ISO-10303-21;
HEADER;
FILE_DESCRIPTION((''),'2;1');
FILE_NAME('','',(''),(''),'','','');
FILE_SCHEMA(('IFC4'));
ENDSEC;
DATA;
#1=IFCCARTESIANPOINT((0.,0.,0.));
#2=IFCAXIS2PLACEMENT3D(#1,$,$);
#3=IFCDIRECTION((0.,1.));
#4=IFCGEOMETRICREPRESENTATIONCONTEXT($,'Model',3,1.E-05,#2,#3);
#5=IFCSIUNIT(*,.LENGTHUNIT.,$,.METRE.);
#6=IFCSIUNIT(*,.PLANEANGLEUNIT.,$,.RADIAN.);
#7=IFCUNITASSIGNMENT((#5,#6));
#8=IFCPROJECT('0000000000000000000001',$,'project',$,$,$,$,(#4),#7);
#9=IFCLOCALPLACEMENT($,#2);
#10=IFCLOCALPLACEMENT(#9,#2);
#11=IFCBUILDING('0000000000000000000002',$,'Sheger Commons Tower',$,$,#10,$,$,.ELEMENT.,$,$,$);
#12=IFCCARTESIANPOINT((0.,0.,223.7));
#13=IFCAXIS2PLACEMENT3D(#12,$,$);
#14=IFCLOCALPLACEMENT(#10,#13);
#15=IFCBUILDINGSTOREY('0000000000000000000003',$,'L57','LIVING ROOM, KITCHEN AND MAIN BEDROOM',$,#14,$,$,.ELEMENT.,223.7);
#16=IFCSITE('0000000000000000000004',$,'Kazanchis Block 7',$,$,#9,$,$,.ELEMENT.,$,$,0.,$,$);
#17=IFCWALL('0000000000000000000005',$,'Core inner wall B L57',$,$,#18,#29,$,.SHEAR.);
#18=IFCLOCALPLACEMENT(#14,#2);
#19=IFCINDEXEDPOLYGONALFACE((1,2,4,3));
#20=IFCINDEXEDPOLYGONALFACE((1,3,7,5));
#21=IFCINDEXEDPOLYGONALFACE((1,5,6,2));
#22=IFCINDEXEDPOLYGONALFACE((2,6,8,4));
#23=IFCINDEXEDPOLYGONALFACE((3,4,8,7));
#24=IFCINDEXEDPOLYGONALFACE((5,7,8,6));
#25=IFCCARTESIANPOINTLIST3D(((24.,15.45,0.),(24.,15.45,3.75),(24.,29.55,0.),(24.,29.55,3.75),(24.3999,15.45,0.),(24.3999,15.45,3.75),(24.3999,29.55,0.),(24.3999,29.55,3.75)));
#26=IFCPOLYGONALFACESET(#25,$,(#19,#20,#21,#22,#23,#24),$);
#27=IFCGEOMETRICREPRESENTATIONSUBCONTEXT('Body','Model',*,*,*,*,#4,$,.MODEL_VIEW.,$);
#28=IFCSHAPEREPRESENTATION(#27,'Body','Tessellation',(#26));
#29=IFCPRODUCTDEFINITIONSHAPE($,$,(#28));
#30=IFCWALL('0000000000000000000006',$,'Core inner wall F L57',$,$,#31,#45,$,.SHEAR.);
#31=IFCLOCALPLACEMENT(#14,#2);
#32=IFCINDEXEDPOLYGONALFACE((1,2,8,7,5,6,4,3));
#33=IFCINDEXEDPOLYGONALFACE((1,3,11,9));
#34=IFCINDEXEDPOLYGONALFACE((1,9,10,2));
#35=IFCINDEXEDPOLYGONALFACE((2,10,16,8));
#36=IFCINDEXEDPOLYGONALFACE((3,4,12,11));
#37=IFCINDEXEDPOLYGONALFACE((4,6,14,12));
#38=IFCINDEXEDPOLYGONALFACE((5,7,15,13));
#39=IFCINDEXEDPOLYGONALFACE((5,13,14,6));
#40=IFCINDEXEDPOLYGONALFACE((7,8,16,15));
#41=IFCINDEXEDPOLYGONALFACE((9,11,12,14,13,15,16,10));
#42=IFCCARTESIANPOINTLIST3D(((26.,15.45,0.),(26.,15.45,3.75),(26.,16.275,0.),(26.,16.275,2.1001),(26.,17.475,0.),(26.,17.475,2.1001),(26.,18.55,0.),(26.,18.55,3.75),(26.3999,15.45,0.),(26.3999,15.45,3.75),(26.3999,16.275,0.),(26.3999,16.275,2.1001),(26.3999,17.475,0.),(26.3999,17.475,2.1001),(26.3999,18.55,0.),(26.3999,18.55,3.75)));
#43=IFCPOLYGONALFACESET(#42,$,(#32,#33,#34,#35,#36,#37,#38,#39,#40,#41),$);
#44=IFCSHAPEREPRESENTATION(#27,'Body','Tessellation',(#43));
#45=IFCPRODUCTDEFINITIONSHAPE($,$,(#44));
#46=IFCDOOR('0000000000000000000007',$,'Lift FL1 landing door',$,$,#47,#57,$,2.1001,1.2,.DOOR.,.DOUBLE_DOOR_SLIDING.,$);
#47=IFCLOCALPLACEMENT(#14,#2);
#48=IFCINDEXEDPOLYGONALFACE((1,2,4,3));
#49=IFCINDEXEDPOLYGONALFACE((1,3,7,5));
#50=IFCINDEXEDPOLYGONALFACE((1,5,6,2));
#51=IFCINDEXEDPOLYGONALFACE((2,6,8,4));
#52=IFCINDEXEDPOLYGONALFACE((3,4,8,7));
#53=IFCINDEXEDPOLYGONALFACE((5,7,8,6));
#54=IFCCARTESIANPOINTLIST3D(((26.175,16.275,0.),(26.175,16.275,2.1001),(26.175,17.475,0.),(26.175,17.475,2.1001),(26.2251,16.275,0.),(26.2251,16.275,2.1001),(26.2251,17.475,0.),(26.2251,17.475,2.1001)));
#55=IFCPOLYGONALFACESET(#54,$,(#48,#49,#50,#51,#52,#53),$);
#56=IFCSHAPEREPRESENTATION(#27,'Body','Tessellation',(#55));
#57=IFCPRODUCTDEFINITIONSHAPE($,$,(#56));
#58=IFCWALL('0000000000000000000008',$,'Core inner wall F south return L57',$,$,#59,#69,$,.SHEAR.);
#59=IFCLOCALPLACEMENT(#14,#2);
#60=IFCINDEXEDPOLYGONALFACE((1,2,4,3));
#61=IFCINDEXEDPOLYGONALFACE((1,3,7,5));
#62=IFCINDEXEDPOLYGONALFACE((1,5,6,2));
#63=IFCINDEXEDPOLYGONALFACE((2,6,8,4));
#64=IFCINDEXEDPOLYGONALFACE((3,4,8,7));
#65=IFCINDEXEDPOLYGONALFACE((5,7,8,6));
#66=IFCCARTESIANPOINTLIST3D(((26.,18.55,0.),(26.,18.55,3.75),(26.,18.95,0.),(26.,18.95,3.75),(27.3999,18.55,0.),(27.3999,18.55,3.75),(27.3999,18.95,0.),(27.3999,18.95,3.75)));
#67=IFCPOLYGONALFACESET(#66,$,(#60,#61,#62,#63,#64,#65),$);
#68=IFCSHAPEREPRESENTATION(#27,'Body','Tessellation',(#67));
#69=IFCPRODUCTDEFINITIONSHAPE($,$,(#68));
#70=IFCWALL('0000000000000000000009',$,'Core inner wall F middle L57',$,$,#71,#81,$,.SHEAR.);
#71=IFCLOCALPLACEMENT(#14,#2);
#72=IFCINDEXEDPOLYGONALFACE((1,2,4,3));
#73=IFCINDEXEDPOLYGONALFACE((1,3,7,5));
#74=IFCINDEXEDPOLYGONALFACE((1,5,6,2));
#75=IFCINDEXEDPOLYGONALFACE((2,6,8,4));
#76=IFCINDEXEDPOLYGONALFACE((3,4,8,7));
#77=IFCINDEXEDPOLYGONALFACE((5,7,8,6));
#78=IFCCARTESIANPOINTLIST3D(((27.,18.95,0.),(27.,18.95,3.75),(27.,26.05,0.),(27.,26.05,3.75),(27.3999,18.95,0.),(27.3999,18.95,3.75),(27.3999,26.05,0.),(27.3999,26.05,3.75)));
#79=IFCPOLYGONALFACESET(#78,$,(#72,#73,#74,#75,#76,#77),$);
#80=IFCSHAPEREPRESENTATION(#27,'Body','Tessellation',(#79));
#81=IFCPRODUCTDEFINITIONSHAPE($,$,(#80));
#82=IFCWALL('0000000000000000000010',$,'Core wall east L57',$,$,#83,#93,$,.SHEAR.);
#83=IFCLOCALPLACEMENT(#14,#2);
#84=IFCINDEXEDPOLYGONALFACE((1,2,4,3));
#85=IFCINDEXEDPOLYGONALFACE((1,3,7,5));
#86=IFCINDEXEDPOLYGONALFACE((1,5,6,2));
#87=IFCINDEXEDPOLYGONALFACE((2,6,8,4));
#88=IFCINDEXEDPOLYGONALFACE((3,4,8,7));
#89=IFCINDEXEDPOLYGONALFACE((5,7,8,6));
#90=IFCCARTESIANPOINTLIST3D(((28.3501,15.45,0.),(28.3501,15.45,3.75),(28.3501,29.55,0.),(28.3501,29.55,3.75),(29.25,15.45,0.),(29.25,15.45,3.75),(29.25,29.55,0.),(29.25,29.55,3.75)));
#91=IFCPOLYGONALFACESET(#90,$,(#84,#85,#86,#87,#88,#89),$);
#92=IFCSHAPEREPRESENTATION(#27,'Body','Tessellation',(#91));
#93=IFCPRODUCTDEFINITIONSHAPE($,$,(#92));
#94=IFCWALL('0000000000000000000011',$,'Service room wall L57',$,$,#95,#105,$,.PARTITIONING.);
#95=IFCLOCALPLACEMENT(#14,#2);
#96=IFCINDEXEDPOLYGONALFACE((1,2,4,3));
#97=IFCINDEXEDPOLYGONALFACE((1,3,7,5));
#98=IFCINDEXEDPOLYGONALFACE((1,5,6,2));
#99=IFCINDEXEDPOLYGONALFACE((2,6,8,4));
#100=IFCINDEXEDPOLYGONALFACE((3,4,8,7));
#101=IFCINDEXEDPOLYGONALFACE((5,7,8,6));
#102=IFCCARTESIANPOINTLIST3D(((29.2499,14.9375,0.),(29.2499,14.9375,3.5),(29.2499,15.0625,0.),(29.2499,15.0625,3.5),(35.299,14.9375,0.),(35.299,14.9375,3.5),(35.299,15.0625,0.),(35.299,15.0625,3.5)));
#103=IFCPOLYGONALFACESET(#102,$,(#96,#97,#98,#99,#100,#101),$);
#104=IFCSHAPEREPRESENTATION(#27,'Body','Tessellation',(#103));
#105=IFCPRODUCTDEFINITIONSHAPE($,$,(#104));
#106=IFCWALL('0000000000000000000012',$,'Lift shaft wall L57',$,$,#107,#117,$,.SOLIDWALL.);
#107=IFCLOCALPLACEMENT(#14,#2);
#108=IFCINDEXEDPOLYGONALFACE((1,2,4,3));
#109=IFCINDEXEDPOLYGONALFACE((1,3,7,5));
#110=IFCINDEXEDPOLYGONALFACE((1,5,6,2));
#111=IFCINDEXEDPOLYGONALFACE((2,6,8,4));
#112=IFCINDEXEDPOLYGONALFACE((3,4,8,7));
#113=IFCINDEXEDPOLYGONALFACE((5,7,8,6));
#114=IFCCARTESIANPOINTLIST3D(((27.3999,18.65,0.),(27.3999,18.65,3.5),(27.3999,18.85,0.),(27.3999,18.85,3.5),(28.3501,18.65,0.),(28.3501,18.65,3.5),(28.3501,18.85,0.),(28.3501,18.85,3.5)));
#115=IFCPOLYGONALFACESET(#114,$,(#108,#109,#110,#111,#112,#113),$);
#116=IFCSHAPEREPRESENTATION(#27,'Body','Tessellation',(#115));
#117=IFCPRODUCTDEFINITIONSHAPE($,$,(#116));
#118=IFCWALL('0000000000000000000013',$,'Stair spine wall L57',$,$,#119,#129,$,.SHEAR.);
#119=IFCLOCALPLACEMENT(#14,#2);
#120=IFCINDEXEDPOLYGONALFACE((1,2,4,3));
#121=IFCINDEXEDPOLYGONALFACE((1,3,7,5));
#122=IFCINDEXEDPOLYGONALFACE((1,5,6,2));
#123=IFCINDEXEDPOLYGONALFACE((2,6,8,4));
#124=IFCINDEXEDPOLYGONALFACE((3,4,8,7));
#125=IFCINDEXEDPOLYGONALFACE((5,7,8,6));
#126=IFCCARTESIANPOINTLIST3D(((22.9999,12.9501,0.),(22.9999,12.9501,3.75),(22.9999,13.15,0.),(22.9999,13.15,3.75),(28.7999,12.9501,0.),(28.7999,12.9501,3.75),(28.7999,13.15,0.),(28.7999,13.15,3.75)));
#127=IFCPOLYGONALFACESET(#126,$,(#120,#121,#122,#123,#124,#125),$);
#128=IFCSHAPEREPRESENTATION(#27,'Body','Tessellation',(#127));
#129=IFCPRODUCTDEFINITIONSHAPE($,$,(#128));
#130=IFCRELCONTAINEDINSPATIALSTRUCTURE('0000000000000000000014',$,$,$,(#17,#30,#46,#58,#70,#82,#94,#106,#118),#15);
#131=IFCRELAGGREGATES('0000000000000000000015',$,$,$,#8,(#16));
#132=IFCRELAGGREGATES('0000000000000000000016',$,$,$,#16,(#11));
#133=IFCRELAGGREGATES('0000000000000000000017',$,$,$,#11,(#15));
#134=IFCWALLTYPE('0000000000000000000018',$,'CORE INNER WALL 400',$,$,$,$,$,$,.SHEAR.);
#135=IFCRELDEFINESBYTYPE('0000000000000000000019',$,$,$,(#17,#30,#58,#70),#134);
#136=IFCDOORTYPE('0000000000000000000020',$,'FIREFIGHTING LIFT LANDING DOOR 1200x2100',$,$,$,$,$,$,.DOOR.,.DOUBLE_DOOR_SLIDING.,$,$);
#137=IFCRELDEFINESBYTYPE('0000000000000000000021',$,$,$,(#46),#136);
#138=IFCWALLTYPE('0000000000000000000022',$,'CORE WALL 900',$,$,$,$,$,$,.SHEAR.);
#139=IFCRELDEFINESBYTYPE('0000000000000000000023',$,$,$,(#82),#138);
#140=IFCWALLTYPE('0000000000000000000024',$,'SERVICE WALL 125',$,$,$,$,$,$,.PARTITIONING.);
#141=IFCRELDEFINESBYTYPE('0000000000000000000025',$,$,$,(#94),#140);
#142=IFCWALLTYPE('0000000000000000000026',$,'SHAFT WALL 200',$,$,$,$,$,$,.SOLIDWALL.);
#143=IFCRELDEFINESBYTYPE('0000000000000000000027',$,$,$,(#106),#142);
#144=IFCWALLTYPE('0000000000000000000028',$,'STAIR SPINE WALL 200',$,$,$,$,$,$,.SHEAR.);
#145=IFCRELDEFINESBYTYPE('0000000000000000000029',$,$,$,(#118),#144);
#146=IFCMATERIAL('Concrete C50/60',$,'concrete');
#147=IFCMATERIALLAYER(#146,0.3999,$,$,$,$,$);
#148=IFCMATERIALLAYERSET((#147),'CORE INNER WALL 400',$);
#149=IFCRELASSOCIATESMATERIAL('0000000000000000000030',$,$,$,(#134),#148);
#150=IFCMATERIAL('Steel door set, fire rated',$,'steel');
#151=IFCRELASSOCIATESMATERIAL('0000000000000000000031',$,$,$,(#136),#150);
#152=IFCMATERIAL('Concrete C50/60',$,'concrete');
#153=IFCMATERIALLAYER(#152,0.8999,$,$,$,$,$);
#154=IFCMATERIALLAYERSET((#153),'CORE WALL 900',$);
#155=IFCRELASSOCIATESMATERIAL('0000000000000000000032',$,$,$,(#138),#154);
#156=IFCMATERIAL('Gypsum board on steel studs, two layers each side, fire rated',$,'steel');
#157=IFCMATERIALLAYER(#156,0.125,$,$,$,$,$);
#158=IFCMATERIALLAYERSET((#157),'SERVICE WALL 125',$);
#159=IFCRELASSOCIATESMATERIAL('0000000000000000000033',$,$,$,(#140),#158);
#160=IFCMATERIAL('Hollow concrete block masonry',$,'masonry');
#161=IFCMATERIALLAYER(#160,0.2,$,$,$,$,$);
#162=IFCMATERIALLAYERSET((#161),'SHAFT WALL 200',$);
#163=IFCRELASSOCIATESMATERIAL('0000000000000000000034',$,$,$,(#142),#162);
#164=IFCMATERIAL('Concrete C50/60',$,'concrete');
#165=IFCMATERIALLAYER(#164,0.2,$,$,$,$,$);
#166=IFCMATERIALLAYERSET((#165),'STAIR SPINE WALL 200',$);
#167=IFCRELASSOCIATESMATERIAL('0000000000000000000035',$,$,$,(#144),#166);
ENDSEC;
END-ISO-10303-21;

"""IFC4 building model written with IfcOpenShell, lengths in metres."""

from ifc_helpers import new_model, si_unit, direction, frame, frame_2d, origin, place, context, subcontext, project, spatial, rectangle, extrude, material, layer, layer_set, type_object, element, fill, save


model = new_model("IFC4")

# Units and contexts
model_context = context("Model", 3, precision=1e-05, world=origin(), true_north=direction((0.0, 1.0)))
body_context = subcontext(model_context, "Body", "Model", "MODEL_VIEW")
ifc_project = project(units=[si_unit("LENGTHUNIT", "METRE"), si_unit("PLANEANGLEUNIT", "RADIAN")], contexts=[model_context])

# Site, building, storey
site_placement = place(None, origin())
site = spatial("IfcSite", under=ifc_project, at=site_placement, Name="Kazanchis Block 7", CompositionType="ELEMENT", RefElevation=0.0)
building_placement = place(site_placement, origin())
building = spatial("IfcBuilding", under=site, at=building_placement, Name="Sheger Commons Tower", CompositionType="ELEMENT")
storey_placement = place(building_placement, frame((0.0, 0.0, 223.7)))
storey = spatial("IfcBuildingStorey", under=building, at=storey_placement, Name="L57", Description="LIVING ROOM, KITCHEN AND MAIN BEDROOM", CompositionType="ELEMENT", Elevation=223.7)

# Wall
ifc_material_1 = material(Name="Concrete C50/60", Category="concrete")
ifc_layer_1 = layer(ifc_material_1, 0.3999)
ifc_layer_set_1 = layer_set([ifc_layer_1], Name="CORE INNER WALL 400")
wall_type_1 = type_object("IfcWallType", Name="CORE INNER WALL 400", PredefinedType="SHEAR", material=ifc_layer_set_1)
wall_1_placement = place(storey_placement, frame((24.2, 15.45, 0.0), z_axis=(0.0, 0.0, 1.0), x_axis=(0.0, 1.0, 0.0)))
element("IfcWall", 1, at=wall_1_placement, inside=storey, type_object=wall_type_1, Name="Core inner wall B L57", PredefinedType="SHEAR", context=body_context, shape_type="SweptSolid", body=[
    extrude(rectangle(XDim=14.1001, YDim=0.3999, at=frame_2d((7.05, 0.0))), origin(), (0.0, 0.0, 1.0), 3.75),
])

# Wall, opening, door
wall_2_placement = place(storey_placement, frame((26.2, 15.45, 0.0), z_axis=(0.0, 0.0, 1.0), x_axis=(0.0, 1.0, 0.0)))
wall_2 = element("IfcWall", 2, at=wall_2_placement, inside=storey, type_object=wall_type_1, Name="Core inner wall F L57", PredefinedType="SHEAR", context=body_context, shape_type="SweptSolid", body=[
    extrude(rectangle(XDim=3.1001, YDim=0.3999, at=frame_2d((1.55, 0.0))), origin(), (0.0, 0.0, 1.0), 3.75),
])
opening_placement = place(wall_2_placement, frame((0.825, 0.0, 0.0)))
opening = element("IfcOpeningElement", 3, at=opening_placement, cuts=wall_2, PredefinedType="OPENING", context=body_context, shape_type="SweptSolid", body=[
    extrude(rectangle(XDim=1.2, YDim=2.1001, at=frame_2d((0.6001, 1.05))), frame((0.0, 0.21, 0.0), z_axis=(0.0, -1.0, 0.0), x_axis=(1.0, 0.0, 0.0)), (0.0, 0.0, 1.0), 0.4199),
])
ifc_material_2 = material(Name="Steel door set, fire rated", Category="steel")
door_type = type_object("IfcDoorType", Name="FIREFIGHTING LIFT LANDING DOOR 1200x2100", OperationType="DOUBLE_DOOR_SLIDING", PredefinedType="DOOR", material=ifc_material_2)
door_placement = place(opening_placement, origin())
door = element("IfcDoor", 4, at=door_placement, inside=storey, type_object=door_type, Name="Lift FL1 landing door", OperationType="DOUBLE_DOOR_SLIDING", OverallHeight=2.1001, OverallWidth=1.2, PredefinedType="DOOR", context=body_context, shape_type="SweptSolid", body=[
    extrude(rectangle(XDim=1.2, YDim=2.1001, at=frame_2d((0.6001, 1.05))), frame((0.0, 0.0249, 0.0), z_axis=(0.0, -1.0, 0.0), x_axis=(1.0, 0.0, 0.0)), (0.0, 0.0, 1.0), 0.05),
])
fill(opening, door)

# Walls
wall_3_placement = place(storey_placement, frame((26.0, 18.75, 0.0), z_axis=(0.0, 0.0, 1.0), x_axis=(1.0, 0.0, 0.0)))
element("IfcWall", 5, at=wall_3_placement, inside=storey, type_object=wall_type_1, Name="Core inner wall F south return L57", PredefinedType="SHEAR", context=body_context, shape_type="SweptSolid", body=[
    extrude(rectangle(XDim=1.3999, YDim=0.3999, at=frame_2d((0.7, 0.0))), origin(), (0.0, 0.0, 1.0), 3.75),
])
wall_4_placement = place(storey_placement, frame((27.2, 18.95, 0.0), z_axis=(0.0, 0.0, 1.0), x_axis=(0.0, 1.0, 0.0)))
element("IfcWall", 6, at=wall_4_placement, inside=storey, type_object=wall_type_1, Name="Core inner wall F middle L57", PredefinedType="SHEAR", context=body_context, shape_type="SweptSolid", body=[
    extrude(rectangle(XDim=7.1001, YDim=0.3999, at=frame_2d((3.55, 0.0))), origin(), (0.0, 0.0, 1.0), 3.75),
])
ifc_material_3 = material(Name="Concrete C50/60", Category="concrete")
ifc_layer_2 = layer(ifc_material_3, 0.8999)
ifc_layer_set_2 = layer_set([ifc_layer_2], Name="CORE WALL 900")
wall_type_2 = type_object("IfcWallType", Name="CORE WALL 900", PredefinedType="SHEAR", material=ifc_layer_set_2)
wall_5_placement = place(storey_placement, frame((28.8, 15.45, 0.0), z_axis=(0.0, 0.0, 1.0), x_axis=(0.0, 1.0, 0.0)))
element("IfcWall", 7, at=wall_5_placement, inside=storey, type_object=wall_type_2, Name="Core wall east L57", PredefinedType="SHEAR", context=body_context, shape_type="SweptSolid", body=[
    extrude(rectangle(XDim=14.1001, YDim=0.8999, at=frame_2d((7.05, 0.0))), origin(), (0.0, 0.0, 1.0), 3.75),
])
ifc_material_4 = material(Name="Gypsum board on steel studs, two layers each side, fire rated", Category="steel")
ifc_layer_3 = layer(ifc_material_4, 0.125)
ifc_layer_set_3 = layer_set([ifc_layer_3], Name="SERVICE WALL 125")
wall_type_3 = type_object("IfcWallType", Name="SERVICE WALL 125", PredefinedType="PARTITIONING", material=ifc_layer_set_3)
wall_6_placement = place(storey_placement, frame((29.25, 15.0, 0.0), z_axis=(0.0, 0.0, 1.0), x_axis=(1.0, 0.0, 0.0)))
element("IfcWall", 8, at=wall_6_placement, inside=storey, type_object=wall_type_3, Name="Service room wall L57", PredefinedType="PARTITIONING", context=body_context, shape_type="SweptSolid", body=[
    extrude(rectangle(XDim=6.0491, YDim=0.125, at=frame_2d((3.0244, 0.0))), origin(), (0.0, 0.0, 1.0), 3.5),
])
ifc_material_5 = material(Name="Hollow concrete block masonry", Category="masonry")
ifc_layer_4 = layer(ifc_material_5, 0.2)
ifc_layer_set_4 = layer_set([ifc_layer_4], Name="SHAFT WALL 200")
wall_type_4 = type_object("IfcWallType", Name="SHAFT WALL 200", PredefinedType="SOLIDWALL", material=ifc_layer_set_4)
wall_7_placement = place(storey_placement, frame((27.3999, 18.75, 0.0), z_axis=(0.0, 0.0, 1.0), x_axis=(1.0, 0.0, 0.0)))
element("IfcWall", 9, at=wall_7_placement, inside=storey, type_object=wall_type_4, Name="Lift shaft wall L57", PredefinedType="SOLIDWALL", context=body_context, shape_type="SweptSolid", body=[
    extrude(rectangle(XDim=0.9502, YDim=0.2, at=frame_2d((0.4751, 0.0))), origin(), (0.0, 0.0, 1.0), 3.5),
])
ifc_material_6 = material(Name="Concrete C50/60", Category="concrete")
ifc_layer_5 = layer(ifc_material_6, 0.2)
ifc_layer_set_5 = layer_set([ifc_layer_5], Name="STAIR SPINE WALL 200")
wall_type_5 = type_object("IfcWallType", Name="STAIR SPINE WALL 200", PredefinedType="SHEAR", material=ifc_layer_set_5)
wall_8_placement = place(storey_placement, frame((23.0, 13.05, 0.0), z_axis=(0.0, 0.0, 1.0), x_axis=(1.0, 0.0, 0.0)))
element("IfcWall", 10, at=wall_8_placement, inside=storey, type_object=wall_type_5, Name="Stair spine wall L57", PredefinedType="SHEAR", context=body_context, shape_type="SweptSolid", body=[
    extrude(rectangle(XDim=5.8, YDim=0.2, at=frame_2d((2.8999, 0.0))), origin(), (0.0, 0.0, 1.0), 3.75),
])

save(model, "model.ifc")
